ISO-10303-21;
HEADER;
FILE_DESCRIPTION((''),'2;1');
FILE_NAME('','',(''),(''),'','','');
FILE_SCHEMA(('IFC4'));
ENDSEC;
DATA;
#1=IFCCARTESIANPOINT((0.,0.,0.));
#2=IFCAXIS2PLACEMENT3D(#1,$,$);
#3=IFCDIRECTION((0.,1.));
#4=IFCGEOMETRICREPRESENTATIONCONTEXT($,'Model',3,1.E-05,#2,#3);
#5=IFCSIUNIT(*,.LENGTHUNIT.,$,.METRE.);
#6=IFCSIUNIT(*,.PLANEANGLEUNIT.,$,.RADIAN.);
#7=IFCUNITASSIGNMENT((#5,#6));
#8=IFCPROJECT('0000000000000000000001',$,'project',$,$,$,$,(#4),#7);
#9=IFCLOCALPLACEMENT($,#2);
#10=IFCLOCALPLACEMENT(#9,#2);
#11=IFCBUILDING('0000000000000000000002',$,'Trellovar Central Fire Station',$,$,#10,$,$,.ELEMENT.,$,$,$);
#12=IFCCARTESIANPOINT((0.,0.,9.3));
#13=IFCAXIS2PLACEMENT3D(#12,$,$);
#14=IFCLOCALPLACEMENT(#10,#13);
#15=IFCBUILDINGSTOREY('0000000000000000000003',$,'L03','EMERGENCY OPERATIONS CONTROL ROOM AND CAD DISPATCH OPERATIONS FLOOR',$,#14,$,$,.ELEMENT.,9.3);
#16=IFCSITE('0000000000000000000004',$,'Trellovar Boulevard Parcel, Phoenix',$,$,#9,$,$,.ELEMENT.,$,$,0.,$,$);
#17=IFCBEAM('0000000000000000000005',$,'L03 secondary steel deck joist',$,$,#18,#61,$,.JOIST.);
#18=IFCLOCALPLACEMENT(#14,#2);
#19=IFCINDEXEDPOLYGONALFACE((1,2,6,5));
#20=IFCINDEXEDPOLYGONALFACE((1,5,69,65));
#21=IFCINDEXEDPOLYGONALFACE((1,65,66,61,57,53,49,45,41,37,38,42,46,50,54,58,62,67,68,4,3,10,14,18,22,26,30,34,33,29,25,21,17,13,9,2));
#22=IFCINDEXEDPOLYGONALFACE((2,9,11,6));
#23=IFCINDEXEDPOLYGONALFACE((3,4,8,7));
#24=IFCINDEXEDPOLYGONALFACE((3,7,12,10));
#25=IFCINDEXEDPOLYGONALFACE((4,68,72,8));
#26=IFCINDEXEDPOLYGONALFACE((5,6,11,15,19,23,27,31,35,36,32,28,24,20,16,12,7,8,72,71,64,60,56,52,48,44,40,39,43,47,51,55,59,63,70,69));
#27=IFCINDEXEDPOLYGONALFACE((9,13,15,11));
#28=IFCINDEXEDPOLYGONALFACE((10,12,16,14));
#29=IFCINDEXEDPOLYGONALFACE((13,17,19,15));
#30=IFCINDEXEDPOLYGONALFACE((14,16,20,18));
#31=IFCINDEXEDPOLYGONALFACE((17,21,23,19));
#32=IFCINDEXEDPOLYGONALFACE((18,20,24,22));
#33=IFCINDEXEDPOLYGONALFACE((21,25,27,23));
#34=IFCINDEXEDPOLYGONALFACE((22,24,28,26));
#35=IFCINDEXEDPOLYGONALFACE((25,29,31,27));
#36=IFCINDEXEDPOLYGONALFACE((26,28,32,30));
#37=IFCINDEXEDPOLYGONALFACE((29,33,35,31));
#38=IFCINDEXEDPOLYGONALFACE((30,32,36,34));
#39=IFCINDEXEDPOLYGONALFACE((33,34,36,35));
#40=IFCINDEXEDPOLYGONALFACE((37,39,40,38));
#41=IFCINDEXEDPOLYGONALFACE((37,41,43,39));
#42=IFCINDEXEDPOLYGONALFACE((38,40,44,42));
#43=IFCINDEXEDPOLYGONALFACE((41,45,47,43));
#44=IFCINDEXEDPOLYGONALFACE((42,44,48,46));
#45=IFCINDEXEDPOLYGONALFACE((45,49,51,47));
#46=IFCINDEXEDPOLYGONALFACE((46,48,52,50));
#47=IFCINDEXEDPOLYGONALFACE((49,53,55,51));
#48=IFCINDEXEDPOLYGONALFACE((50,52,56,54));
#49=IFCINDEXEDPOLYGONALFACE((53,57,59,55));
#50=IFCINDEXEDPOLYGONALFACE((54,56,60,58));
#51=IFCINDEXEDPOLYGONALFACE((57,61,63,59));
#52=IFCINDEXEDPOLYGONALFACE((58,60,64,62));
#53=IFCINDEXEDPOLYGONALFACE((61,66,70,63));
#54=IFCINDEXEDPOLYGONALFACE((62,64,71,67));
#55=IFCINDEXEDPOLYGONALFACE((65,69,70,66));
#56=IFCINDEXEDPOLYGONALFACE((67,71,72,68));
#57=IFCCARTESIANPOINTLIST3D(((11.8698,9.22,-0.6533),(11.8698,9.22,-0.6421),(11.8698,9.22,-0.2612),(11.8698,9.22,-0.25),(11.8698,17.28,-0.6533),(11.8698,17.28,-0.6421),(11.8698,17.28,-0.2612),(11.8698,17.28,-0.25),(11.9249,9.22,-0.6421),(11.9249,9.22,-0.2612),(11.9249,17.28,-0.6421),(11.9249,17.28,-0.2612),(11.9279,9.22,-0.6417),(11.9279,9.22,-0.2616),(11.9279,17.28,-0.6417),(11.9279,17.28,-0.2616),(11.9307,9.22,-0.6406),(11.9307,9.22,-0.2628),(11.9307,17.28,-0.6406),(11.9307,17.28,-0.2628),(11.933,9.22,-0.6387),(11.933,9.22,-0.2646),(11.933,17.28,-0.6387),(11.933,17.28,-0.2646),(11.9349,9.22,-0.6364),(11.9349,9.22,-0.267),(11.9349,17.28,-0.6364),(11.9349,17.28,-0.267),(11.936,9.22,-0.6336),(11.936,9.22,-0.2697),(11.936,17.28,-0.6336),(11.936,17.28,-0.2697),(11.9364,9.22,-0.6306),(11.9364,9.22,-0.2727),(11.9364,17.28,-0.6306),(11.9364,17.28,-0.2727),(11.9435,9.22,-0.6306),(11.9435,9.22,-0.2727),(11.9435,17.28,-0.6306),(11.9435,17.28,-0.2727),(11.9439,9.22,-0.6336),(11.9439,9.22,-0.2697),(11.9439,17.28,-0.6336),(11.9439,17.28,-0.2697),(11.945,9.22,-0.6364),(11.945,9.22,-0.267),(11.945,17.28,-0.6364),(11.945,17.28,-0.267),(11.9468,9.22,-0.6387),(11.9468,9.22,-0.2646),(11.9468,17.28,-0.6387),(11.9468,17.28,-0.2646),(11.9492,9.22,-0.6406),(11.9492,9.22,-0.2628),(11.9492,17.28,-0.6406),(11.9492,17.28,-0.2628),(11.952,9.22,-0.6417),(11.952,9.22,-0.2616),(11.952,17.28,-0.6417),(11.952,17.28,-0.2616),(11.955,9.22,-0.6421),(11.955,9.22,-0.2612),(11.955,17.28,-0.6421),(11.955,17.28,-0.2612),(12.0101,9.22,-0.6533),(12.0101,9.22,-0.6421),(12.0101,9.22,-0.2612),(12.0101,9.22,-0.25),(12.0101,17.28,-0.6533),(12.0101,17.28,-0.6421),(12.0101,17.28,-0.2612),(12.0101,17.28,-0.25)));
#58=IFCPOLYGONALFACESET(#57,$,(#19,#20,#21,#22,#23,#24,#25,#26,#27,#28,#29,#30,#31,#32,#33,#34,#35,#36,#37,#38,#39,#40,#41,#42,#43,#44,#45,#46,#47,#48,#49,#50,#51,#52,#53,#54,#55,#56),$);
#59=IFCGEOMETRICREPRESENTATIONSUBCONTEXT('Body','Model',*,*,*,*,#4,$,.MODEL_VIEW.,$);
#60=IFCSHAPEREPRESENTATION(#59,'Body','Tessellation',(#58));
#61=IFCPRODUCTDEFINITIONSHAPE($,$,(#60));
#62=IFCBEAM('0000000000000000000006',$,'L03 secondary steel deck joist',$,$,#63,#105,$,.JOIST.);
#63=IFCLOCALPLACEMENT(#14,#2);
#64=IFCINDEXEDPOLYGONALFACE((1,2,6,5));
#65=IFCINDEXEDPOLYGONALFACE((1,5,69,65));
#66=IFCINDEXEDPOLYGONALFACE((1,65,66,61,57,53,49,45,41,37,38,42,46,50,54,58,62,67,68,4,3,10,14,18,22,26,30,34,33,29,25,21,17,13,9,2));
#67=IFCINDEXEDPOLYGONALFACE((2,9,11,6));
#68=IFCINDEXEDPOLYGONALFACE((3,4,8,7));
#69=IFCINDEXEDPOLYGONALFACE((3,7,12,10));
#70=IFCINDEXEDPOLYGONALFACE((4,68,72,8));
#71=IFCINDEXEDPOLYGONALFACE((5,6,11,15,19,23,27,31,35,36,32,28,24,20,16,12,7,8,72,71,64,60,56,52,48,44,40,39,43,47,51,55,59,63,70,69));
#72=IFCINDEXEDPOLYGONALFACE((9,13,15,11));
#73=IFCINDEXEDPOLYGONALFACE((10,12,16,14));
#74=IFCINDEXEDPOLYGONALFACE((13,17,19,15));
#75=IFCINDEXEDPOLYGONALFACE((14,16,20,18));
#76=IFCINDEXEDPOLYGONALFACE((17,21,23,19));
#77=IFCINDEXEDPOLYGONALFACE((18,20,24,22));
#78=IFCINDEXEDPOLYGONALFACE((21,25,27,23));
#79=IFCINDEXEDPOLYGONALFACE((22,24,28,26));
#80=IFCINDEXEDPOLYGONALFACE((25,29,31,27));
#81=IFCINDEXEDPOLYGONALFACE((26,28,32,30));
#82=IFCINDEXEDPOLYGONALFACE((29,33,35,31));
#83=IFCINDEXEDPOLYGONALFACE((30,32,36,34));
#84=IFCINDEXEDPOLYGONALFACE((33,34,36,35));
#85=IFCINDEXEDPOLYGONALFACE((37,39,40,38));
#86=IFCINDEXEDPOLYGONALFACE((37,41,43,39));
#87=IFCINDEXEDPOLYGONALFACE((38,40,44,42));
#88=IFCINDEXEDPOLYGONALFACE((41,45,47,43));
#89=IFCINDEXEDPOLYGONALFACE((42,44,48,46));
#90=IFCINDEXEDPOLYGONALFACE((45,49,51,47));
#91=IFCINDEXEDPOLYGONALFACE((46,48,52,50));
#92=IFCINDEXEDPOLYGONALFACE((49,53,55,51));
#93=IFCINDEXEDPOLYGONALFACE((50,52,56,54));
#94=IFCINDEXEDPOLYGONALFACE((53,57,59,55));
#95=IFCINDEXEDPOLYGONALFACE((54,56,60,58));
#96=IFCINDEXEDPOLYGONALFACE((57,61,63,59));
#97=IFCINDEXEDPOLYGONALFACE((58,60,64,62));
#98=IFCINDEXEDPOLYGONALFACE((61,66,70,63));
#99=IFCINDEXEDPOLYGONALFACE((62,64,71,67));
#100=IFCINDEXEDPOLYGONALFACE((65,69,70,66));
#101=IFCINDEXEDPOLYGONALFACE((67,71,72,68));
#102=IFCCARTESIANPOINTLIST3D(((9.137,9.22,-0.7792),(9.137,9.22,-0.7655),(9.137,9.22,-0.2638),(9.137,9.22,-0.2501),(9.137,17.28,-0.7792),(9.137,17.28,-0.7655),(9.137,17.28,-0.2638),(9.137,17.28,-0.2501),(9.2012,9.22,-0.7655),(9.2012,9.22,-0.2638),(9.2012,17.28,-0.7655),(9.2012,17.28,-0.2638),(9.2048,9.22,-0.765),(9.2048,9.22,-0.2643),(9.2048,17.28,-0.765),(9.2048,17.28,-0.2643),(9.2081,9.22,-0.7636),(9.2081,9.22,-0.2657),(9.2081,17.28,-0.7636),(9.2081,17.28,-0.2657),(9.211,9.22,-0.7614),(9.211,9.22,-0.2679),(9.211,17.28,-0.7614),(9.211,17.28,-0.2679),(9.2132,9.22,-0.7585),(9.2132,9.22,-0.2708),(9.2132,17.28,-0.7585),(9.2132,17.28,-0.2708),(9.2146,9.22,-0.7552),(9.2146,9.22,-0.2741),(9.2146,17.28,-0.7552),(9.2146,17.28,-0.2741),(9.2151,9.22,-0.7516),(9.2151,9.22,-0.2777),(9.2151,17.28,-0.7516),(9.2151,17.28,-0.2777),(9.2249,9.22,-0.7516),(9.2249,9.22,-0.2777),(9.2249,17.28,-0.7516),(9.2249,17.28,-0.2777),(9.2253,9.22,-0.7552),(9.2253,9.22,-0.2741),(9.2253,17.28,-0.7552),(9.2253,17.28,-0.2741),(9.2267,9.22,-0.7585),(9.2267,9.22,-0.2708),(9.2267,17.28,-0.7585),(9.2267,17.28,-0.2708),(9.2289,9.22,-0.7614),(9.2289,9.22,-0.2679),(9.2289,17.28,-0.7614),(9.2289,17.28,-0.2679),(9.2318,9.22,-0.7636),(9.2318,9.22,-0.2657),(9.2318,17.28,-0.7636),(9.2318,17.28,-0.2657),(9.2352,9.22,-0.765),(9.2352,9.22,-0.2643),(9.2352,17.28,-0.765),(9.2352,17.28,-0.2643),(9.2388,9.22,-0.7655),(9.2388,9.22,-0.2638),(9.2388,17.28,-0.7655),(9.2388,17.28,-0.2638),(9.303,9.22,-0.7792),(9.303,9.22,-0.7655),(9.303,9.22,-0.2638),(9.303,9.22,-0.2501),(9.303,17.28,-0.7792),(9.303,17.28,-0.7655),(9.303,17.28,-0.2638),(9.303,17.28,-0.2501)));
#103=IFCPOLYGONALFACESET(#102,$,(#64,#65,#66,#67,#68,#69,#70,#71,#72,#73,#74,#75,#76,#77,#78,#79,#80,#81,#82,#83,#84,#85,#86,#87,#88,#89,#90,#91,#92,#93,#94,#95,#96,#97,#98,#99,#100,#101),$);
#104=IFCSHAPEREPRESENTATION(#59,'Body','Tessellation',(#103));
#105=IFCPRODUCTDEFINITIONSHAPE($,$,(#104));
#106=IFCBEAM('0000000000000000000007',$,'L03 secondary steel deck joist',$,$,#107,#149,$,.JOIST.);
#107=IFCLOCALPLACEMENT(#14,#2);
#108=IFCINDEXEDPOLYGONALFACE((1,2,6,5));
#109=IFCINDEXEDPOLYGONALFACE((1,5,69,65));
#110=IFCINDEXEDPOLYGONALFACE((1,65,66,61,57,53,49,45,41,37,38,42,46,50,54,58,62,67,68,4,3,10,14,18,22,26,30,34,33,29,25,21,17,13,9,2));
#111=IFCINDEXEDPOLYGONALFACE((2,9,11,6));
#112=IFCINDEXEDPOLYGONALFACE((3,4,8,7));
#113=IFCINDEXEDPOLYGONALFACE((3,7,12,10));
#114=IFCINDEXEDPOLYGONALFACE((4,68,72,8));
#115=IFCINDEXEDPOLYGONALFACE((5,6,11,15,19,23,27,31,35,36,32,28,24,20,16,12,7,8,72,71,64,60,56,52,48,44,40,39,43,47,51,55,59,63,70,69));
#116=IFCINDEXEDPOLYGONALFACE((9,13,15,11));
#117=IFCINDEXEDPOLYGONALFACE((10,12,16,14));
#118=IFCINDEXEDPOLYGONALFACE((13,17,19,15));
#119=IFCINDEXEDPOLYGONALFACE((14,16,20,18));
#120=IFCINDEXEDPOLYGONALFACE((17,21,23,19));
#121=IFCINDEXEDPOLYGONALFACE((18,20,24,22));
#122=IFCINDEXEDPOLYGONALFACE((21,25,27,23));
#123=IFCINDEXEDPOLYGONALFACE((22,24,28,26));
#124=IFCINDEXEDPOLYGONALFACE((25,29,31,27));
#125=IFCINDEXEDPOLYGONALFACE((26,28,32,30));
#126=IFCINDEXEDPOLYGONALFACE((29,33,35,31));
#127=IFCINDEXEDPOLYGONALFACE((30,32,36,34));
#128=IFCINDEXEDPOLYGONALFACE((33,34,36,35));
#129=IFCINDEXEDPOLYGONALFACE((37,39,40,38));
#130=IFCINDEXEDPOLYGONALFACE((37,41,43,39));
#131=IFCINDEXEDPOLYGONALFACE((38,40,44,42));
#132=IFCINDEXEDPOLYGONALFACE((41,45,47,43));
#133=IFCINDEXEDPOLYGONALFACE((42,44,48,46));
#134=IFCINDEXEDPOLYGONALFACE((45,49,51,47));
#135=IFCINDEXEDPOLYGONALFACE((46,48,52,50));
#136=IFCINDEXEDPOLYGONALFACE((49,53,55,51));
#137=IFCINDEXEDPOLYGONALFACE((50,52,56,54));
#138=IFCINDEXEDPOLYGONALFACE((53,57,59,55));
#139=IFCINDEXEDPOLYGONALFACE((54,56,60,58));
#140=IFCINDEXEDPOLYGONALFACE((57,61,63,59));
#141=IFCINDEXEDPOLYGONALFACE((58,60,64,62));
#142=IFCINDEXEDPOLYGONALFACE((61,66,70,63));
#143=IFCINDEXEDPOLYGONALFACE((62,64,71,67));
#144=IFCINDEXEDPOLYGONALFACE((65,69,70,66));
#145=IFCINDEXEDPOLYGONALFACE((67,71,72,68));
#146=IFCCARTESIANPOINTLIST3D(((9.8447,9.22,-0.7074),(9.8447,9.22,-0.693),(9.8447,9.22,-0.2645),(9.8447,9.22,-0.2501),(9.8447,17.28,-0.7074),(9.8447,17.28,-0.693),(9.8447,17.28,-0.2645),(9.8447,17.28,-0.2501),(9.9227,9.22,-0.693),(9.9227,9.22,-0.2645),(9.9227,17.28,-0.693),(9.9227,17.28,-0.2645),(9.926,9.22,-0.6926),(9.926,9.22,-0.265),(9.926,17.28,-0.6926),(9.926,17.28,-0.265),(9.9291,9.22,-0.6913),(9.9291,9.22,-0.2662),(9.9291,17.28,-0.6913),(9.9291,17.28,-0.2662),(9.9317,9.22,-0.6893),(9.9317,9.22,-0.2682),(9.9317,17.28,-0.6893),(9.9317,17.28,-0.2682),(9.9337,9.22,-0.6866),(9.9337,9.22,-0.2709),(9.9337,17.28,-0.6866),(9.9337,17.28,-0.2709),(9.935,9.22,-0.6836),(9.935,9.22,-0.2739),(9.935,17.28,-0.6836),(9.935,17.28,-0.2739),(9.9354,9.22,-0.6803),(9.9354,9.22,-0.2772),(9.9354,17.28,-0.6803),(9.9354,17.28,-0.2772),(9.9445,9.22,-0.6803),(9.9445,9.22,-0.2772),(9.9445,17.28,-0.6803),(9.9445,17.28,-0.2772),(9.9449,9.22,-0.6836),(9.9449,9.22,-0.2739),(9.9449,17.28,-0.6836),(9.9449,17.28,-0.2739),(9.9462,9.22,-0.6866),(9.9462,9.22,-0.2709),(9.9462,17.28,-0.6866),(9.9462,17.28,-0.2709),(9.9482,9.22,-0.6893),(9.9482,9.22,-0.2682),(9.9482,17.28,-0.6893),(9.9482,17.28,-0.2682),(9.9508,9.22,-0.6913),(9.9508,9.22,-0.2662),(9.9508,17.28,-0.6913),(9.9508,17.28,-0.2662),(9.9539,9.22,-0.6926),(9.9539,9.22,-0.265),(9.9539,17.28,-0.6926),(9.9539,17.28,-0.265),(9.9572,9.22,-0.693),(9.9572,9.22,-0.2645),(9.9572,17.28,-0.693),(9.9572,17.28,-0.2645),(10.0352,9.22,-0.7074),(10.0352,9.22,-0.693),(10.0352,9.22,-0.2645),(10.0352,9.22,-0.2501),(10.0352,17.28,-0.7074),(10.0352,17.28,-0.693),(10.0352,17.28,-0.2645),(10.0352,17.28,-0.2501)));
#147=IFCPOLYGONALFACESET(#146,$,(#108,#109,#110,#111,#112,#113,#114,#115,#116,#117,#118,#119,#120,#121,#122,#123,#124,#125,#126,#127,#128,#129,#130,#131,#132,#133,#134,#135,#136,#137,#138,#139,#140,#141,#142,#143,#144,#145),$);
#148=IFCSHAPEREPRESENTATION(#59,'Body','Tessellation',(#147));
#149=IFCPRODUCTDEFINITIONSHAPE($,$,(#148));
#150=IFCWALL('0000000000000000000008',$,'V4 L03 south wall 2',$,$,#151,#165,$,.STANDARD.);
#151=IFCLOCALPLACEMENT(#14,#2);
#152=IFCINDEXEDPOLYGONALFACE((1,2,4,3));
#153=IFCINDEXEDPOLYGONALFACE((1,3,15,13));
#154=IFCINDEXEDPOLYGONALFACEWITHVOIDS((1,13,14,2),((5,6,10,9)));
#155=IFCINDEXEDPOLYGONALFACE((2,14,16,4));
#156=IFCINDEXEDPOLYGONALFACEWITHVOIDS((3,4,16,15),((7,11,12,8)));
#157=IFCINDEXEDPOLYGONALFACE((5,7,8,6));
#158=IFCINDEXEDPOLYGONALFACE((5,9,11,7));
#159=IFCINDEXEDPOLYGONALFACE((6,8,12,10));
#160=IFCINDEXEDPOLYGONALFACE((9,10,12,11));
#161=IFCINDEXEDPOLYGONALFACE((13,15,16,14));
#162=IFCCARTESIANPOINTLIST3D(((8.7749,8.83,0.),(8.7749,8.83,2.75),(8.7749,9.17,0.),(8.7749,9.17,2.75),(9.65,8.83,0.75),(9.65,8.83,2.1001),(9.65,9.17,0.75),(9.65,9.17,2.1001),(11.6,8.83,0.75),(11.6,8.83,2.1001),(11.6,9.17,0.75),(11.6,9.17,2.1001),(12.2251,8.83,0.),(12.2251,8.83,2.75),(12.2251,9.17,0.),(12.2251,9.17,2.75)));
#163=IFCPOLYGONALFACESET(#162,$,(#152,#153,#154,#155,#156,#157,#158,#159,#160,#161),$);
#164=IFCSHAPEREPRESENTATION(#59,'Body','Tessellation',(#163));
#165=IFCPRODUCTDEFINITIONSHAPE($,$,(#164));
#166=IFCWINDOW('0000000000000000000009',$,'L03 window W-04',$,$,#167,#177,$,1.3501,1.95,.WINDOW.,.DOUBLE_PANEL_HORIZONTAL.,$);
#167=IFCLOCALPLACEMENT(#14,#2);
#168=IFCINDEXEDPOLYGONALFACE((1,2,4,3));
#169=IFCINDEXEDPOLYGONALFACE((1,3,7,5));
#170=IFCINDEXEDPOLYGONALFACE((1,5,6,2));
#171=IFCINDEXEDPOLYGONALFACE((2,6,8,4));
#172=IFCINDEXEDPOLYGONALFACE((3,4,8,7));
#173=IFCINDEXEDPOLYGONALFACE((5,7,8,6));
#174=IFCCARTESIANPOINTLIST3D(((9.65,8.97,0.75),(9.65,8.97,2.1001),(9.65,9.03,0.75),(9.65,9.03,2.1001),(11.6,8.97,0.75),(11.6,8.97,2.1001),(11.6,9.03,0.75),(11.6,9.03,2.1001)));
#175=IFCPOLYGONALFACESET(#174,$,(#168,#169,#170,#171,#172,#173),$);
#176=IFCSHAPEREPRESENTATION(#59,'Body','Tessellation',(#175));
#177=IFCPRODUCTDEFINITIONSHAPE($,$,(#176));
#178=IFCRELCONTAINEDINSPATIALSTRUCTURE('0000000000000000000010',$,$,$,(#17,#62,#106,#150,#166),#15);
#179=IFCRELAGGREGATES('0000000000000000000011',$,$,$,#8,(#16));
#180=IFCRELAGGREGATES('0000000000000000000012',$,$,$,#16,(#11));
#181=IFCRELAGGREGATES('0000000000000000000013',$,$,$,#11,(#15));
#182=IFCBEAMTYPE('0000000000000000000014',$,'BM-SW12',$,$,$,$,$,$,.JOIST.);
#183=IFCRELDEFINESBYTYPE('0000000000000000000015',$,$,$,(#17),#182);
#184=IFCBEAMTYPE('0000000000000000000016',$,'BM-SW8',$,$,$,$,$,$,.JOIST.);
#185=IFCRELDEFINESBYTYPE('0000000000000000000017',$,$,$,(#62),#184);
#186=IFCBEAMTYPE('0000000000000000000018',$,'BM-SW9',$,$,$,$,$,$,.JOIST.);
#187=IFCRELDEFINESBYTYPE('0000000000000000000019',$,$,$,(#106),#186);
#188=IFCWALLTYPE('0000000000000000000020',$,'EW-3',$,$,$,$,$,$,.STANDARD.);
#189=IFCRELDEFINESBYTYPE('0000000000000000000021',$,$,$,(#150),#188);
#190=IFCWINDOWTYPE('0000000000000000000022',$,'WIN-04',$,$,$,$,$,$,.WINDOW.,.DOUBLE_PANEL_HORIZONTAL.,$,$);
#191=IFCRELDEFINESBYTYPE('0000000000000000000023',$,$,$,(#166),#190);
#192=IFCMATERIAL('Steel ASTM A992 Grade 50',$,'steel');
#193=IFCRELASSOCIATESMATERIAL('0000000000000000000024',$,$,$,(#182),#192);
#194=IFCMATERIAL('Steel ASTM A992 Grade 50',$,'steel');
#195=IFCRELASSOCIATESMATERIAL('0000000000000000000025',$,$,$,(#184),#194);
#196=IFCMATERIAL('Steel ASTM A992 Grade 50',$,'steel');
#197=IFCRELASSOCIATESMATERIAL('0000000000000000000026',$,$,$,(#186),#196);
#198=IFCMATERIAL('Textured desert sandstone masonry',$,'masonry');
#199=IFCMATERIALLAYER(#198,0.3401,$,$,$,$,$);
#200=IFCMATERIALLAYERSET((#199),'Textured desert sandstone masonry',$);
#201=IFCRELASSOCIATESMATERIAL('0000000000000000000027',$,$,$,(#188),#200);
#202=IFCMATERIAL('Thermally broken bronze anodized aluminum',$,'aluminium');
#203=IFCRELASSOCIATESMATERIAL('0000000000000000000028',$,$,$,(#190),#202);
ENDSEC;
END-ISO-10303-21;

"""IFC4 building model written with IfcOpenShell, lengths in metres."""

from ifc_helpers import new_model, si_unit, direction, frame, frame_2d, origin, origin_2d, place, context, subcontext, project, spatial, rectangle, i_section, extrude, material, layer, layer_set, material_profile, profile_set, type_object, element, fill, save


model = new_model("IFC4")

# Units and contexts
model_context = context("Model", 3, precision=1e-05, world=origin(), true_north=direction((0.0, 1.0)))
body_context = subcontext(model_context, "Body", "Model", "MODEL_VIEW")
ifc_project = project(units=[si_unit("LENGTHUNIT", "METRE"), si_unit("PLANEANGLEUNIT", "RADIAN")], contexts=[model_context])

# Site, building, storey
site_placement = place(None, origin())
site = spatial("IfcSite", under=ifc_project, at=site_placement, Name="Trellovar Boulevard Parcel, Phoenix", CompositionType="ELEMENT", RefElevation=0.0)
building_placement = place(site_placement, origin())
building = spatial("IfcBuilding", under=site, at=building_placement, Name="Trellovar Central Fire Station", CompositionType="ELEMENT")
storey_placement = place(building_placement, frame((0.0, 0.0, 9.3)))
storey = spatial("IfcBuildingStorey", under=building, at=storey_placement, Name="L03", Description="EMERGENCY OPERATIONS CONTROL ROOM AND CAD DISPATCH OPERATIONS FLOOR", CompositionType="ELEMENT", Elevation=9.3)

# Beams
ifc_material_1 = material(Name="Steel ASTM A992 Grade 50", Category="steel")
ifc_material_profile_1 = material_profile(ifc_material_1, i_section(OverallWidth=0.1404, OverallDepth=0.4033, WebThickness=0.0071, FlangeThickness=0.0112, FilletRadius=0.0115, at=origin_2d()), Name="W16X31")
ifc_profile_set_1 = profile_set([ifc_material_profile_1], Name="Steel ASTM A992 Grade 50")
beam_type_1 = type_object("IfcBeamType", Name="BM-SW12", PredefinedType="JOIST", material=ifc_profile_set_1)
beam_1_placement = place(storey_placement, frame((11.9399, 9.22, -0.4517), z_axis=(0.0, 1.0, 0.0), x_axis=(-1.0, 0.0, 0.0)))
element("IfcBeam", 1, at=beam_1_placement, inside=storey, type_object=beam_type_1, Name="L03 secondary steel deck joist", PredefinedType="JOIST", context=body_context, shape_type="SweptSolid", body=[
    extrude(i_section(OverallWidth=0.1404, OverallDepth=0.4033, WebThickness=0.0071, FlangeThickness=0.0112, FilletRadius=0.0115, at=origin_2d()), origin(), (0.0, 0.0, 1.0), 8.0601),
])
ifc_material_2 = material(Name="Steel ASTM A992 Grade 50", Category="steel")
ifc_material_profile_2 = material_profile(ifc_material_2, i_section(OverallWidth=0.166, OverallDepth=0.5291, WebThickness=0.0098, FlangeThickness=0.0137, FilletRadius=0.0139, at=origin_2d()), Name="W21X50")
ifc_profile_set_2 = profile_set([ifc_material_profile_2], Name="Steel ASTM A992 Grade 50")
beam_type_2 = type_object("IfcBeamType", Name="BM-SW8", PredefinedType="JOIST", material=ifc_profile_set_2)
beam_2_placement = place(storey_placement, frame((9.22, 9.22, -0.5146), z_axis=(0.0, 1.0, 0.0), x_axis=(-1.0, 0.0, 0.0)))
element("IfcBeam", 2, at=beam_2_placement, inside=storey, type_object=beam_type_2, Name="L03 secondary steel deck joist", PredefinedType="JOIST", context=body_context, shape_type="SweptSolid", body=[
    extrude(i_section(OverallWidth=0.166, OverallDepth=0.5291, WebThickness=0.0098, FlangeThickness=0.0137, FilletRadius=0.0139, at=origin_2d()), origin(), (0.0, 0.0, 1.0), 8.0601),
])
ifc_material_3 = material(Name="Steel ASTM A992 Grade 50", Category="steel")
ifc_material_profile_3 = material_profile(ifc_material_3, i_section(OverallWidth=0.1904, OverallDepth=0.4573, WebThickness=0.009, FlangeThickness=0.0144, FilletRadius=0.0127, at=origin_2d()), Name="W18X50")
ifc_profile_set_3 = profile_set([ifc_material_profile_3], Name="Steel ASTM A992 Grade 50")
beam_type_3 = type_object("IfcBeamType", Name="BM-SW9", PredefinedType="JOIST", material=ifc_profile_set_3)
beam_3_placement = place(storey_placement, frame((9.9399, 9.22, -0.4788), z_axis=(0.0, 1.0, 0.0), x_axis=(-1.0, 0.0, 0.0)))
element("IfcBeam", 3, at=beam_3_placement, inside=storey, type_object=beam_type_3, Name="L03 secondary steel deck joist", PredefinedType="JOIST", context=body_context, shape_type="SweptSolid", body=[
    extrude(i_section(OverallWidth=0.1904, OverallDepth=0.4573, WebThickness=0.009, FlangeThickness=0.0144, FilletRadius=0.0127, at=origin_2d()), origin(), (0.0, 0.0, 1.0), 8.0601),
])

# Wall, opening, window
ifc_material_4 = material(Name="Textured desert sandstone masonry", Category="masonry")
ifc_layer_1 = layer(ifc_material_4, 0.3401)
ifc_layer_set_1 = layer_set([ifc_layer_1], Name="Textured desert sandstone masonry")
wall_type_1 = type_object("IfcWallType", Name="EW-3", PredefinedType="STANDARD", material=ifc_layer_set_1)
wall_1_placement = place(storey_placement, frame((8.7749, 9.0, 0.0), z_axis=(0.0, 0.0, 1.0), x_axis=(1.0, 0.0, 0.0)))
wall_1 = element("IfcWall", 4, at=wall_1_placement, inside=storey, type_object=wall_type_1, Name="V4 L03 south wall 2", PredefinedType="STANDARD", context=body_context, shape_type="SweptSolid", body=[
    extrude(rectangle(XDim=3.4502, YDim=0.3401, at=frame_2d((1.7251, 0.0))), origin(), (0.0, 0.0, 1.0), 2.75),
])
opening_1_placement = place(wall_1_placement, frame((0.875, 0.0, 0.75)))
opening_1 = element("IfcOpeningElement", 5, at=opening_1_placement, cuts=wall_1, PredefinedType="OPENING", context=body_context, shape_type="SweptSolid", body=[
    extrude(rectangle(XDim=1.95, YDim=1.3501, at=frame_2d((0.9751, 0.675))), frame((0.0, 0.1799, 0.0), z_axis=(0.0, -1.0, 0.0), x_axis=(1.0, 0.0, 0.0)), (0.0, 0.0, 1.0), 0.3601),
])
ifc_material_5 = material(Name="Thermally broken bronze anodized aluminum", Category="aluminium")
window_type = type_object("IfcWindowType", Name="WIN-04", PartitioningType="DOUBLE_PANEL_HORIZONTAL", PredefinedType="WINDOW", material=ifc_material_5)
window_placement = place(opening_1_placement, origin())
window = element("IfcWindow", 6, at=window_placement, inside=storey, type_object=window_type, Name="L03 window W-04", OverallHeight=1.3501, OverallWidth=1.95, PartitioningType="DOUBLE_PANEL_HORIZONTAL", PredefinedType="WINDOW", context=body_context, shape_type="SweptSolid", body=[
    extrude(rectangle(XDim=1.95, YDim=1.3501, at=frame_2d((0.9751, 0.675))), frame((0.0, 0.03, 0.0), z_axis=(0.0, -1.0, 0.0), x_axis=(1.0, 0.0, 0.0)), (0.0, 0.0, 1.0), 0.0601),
])
fill(opening_1, window)

save(model, "model.ifc")
